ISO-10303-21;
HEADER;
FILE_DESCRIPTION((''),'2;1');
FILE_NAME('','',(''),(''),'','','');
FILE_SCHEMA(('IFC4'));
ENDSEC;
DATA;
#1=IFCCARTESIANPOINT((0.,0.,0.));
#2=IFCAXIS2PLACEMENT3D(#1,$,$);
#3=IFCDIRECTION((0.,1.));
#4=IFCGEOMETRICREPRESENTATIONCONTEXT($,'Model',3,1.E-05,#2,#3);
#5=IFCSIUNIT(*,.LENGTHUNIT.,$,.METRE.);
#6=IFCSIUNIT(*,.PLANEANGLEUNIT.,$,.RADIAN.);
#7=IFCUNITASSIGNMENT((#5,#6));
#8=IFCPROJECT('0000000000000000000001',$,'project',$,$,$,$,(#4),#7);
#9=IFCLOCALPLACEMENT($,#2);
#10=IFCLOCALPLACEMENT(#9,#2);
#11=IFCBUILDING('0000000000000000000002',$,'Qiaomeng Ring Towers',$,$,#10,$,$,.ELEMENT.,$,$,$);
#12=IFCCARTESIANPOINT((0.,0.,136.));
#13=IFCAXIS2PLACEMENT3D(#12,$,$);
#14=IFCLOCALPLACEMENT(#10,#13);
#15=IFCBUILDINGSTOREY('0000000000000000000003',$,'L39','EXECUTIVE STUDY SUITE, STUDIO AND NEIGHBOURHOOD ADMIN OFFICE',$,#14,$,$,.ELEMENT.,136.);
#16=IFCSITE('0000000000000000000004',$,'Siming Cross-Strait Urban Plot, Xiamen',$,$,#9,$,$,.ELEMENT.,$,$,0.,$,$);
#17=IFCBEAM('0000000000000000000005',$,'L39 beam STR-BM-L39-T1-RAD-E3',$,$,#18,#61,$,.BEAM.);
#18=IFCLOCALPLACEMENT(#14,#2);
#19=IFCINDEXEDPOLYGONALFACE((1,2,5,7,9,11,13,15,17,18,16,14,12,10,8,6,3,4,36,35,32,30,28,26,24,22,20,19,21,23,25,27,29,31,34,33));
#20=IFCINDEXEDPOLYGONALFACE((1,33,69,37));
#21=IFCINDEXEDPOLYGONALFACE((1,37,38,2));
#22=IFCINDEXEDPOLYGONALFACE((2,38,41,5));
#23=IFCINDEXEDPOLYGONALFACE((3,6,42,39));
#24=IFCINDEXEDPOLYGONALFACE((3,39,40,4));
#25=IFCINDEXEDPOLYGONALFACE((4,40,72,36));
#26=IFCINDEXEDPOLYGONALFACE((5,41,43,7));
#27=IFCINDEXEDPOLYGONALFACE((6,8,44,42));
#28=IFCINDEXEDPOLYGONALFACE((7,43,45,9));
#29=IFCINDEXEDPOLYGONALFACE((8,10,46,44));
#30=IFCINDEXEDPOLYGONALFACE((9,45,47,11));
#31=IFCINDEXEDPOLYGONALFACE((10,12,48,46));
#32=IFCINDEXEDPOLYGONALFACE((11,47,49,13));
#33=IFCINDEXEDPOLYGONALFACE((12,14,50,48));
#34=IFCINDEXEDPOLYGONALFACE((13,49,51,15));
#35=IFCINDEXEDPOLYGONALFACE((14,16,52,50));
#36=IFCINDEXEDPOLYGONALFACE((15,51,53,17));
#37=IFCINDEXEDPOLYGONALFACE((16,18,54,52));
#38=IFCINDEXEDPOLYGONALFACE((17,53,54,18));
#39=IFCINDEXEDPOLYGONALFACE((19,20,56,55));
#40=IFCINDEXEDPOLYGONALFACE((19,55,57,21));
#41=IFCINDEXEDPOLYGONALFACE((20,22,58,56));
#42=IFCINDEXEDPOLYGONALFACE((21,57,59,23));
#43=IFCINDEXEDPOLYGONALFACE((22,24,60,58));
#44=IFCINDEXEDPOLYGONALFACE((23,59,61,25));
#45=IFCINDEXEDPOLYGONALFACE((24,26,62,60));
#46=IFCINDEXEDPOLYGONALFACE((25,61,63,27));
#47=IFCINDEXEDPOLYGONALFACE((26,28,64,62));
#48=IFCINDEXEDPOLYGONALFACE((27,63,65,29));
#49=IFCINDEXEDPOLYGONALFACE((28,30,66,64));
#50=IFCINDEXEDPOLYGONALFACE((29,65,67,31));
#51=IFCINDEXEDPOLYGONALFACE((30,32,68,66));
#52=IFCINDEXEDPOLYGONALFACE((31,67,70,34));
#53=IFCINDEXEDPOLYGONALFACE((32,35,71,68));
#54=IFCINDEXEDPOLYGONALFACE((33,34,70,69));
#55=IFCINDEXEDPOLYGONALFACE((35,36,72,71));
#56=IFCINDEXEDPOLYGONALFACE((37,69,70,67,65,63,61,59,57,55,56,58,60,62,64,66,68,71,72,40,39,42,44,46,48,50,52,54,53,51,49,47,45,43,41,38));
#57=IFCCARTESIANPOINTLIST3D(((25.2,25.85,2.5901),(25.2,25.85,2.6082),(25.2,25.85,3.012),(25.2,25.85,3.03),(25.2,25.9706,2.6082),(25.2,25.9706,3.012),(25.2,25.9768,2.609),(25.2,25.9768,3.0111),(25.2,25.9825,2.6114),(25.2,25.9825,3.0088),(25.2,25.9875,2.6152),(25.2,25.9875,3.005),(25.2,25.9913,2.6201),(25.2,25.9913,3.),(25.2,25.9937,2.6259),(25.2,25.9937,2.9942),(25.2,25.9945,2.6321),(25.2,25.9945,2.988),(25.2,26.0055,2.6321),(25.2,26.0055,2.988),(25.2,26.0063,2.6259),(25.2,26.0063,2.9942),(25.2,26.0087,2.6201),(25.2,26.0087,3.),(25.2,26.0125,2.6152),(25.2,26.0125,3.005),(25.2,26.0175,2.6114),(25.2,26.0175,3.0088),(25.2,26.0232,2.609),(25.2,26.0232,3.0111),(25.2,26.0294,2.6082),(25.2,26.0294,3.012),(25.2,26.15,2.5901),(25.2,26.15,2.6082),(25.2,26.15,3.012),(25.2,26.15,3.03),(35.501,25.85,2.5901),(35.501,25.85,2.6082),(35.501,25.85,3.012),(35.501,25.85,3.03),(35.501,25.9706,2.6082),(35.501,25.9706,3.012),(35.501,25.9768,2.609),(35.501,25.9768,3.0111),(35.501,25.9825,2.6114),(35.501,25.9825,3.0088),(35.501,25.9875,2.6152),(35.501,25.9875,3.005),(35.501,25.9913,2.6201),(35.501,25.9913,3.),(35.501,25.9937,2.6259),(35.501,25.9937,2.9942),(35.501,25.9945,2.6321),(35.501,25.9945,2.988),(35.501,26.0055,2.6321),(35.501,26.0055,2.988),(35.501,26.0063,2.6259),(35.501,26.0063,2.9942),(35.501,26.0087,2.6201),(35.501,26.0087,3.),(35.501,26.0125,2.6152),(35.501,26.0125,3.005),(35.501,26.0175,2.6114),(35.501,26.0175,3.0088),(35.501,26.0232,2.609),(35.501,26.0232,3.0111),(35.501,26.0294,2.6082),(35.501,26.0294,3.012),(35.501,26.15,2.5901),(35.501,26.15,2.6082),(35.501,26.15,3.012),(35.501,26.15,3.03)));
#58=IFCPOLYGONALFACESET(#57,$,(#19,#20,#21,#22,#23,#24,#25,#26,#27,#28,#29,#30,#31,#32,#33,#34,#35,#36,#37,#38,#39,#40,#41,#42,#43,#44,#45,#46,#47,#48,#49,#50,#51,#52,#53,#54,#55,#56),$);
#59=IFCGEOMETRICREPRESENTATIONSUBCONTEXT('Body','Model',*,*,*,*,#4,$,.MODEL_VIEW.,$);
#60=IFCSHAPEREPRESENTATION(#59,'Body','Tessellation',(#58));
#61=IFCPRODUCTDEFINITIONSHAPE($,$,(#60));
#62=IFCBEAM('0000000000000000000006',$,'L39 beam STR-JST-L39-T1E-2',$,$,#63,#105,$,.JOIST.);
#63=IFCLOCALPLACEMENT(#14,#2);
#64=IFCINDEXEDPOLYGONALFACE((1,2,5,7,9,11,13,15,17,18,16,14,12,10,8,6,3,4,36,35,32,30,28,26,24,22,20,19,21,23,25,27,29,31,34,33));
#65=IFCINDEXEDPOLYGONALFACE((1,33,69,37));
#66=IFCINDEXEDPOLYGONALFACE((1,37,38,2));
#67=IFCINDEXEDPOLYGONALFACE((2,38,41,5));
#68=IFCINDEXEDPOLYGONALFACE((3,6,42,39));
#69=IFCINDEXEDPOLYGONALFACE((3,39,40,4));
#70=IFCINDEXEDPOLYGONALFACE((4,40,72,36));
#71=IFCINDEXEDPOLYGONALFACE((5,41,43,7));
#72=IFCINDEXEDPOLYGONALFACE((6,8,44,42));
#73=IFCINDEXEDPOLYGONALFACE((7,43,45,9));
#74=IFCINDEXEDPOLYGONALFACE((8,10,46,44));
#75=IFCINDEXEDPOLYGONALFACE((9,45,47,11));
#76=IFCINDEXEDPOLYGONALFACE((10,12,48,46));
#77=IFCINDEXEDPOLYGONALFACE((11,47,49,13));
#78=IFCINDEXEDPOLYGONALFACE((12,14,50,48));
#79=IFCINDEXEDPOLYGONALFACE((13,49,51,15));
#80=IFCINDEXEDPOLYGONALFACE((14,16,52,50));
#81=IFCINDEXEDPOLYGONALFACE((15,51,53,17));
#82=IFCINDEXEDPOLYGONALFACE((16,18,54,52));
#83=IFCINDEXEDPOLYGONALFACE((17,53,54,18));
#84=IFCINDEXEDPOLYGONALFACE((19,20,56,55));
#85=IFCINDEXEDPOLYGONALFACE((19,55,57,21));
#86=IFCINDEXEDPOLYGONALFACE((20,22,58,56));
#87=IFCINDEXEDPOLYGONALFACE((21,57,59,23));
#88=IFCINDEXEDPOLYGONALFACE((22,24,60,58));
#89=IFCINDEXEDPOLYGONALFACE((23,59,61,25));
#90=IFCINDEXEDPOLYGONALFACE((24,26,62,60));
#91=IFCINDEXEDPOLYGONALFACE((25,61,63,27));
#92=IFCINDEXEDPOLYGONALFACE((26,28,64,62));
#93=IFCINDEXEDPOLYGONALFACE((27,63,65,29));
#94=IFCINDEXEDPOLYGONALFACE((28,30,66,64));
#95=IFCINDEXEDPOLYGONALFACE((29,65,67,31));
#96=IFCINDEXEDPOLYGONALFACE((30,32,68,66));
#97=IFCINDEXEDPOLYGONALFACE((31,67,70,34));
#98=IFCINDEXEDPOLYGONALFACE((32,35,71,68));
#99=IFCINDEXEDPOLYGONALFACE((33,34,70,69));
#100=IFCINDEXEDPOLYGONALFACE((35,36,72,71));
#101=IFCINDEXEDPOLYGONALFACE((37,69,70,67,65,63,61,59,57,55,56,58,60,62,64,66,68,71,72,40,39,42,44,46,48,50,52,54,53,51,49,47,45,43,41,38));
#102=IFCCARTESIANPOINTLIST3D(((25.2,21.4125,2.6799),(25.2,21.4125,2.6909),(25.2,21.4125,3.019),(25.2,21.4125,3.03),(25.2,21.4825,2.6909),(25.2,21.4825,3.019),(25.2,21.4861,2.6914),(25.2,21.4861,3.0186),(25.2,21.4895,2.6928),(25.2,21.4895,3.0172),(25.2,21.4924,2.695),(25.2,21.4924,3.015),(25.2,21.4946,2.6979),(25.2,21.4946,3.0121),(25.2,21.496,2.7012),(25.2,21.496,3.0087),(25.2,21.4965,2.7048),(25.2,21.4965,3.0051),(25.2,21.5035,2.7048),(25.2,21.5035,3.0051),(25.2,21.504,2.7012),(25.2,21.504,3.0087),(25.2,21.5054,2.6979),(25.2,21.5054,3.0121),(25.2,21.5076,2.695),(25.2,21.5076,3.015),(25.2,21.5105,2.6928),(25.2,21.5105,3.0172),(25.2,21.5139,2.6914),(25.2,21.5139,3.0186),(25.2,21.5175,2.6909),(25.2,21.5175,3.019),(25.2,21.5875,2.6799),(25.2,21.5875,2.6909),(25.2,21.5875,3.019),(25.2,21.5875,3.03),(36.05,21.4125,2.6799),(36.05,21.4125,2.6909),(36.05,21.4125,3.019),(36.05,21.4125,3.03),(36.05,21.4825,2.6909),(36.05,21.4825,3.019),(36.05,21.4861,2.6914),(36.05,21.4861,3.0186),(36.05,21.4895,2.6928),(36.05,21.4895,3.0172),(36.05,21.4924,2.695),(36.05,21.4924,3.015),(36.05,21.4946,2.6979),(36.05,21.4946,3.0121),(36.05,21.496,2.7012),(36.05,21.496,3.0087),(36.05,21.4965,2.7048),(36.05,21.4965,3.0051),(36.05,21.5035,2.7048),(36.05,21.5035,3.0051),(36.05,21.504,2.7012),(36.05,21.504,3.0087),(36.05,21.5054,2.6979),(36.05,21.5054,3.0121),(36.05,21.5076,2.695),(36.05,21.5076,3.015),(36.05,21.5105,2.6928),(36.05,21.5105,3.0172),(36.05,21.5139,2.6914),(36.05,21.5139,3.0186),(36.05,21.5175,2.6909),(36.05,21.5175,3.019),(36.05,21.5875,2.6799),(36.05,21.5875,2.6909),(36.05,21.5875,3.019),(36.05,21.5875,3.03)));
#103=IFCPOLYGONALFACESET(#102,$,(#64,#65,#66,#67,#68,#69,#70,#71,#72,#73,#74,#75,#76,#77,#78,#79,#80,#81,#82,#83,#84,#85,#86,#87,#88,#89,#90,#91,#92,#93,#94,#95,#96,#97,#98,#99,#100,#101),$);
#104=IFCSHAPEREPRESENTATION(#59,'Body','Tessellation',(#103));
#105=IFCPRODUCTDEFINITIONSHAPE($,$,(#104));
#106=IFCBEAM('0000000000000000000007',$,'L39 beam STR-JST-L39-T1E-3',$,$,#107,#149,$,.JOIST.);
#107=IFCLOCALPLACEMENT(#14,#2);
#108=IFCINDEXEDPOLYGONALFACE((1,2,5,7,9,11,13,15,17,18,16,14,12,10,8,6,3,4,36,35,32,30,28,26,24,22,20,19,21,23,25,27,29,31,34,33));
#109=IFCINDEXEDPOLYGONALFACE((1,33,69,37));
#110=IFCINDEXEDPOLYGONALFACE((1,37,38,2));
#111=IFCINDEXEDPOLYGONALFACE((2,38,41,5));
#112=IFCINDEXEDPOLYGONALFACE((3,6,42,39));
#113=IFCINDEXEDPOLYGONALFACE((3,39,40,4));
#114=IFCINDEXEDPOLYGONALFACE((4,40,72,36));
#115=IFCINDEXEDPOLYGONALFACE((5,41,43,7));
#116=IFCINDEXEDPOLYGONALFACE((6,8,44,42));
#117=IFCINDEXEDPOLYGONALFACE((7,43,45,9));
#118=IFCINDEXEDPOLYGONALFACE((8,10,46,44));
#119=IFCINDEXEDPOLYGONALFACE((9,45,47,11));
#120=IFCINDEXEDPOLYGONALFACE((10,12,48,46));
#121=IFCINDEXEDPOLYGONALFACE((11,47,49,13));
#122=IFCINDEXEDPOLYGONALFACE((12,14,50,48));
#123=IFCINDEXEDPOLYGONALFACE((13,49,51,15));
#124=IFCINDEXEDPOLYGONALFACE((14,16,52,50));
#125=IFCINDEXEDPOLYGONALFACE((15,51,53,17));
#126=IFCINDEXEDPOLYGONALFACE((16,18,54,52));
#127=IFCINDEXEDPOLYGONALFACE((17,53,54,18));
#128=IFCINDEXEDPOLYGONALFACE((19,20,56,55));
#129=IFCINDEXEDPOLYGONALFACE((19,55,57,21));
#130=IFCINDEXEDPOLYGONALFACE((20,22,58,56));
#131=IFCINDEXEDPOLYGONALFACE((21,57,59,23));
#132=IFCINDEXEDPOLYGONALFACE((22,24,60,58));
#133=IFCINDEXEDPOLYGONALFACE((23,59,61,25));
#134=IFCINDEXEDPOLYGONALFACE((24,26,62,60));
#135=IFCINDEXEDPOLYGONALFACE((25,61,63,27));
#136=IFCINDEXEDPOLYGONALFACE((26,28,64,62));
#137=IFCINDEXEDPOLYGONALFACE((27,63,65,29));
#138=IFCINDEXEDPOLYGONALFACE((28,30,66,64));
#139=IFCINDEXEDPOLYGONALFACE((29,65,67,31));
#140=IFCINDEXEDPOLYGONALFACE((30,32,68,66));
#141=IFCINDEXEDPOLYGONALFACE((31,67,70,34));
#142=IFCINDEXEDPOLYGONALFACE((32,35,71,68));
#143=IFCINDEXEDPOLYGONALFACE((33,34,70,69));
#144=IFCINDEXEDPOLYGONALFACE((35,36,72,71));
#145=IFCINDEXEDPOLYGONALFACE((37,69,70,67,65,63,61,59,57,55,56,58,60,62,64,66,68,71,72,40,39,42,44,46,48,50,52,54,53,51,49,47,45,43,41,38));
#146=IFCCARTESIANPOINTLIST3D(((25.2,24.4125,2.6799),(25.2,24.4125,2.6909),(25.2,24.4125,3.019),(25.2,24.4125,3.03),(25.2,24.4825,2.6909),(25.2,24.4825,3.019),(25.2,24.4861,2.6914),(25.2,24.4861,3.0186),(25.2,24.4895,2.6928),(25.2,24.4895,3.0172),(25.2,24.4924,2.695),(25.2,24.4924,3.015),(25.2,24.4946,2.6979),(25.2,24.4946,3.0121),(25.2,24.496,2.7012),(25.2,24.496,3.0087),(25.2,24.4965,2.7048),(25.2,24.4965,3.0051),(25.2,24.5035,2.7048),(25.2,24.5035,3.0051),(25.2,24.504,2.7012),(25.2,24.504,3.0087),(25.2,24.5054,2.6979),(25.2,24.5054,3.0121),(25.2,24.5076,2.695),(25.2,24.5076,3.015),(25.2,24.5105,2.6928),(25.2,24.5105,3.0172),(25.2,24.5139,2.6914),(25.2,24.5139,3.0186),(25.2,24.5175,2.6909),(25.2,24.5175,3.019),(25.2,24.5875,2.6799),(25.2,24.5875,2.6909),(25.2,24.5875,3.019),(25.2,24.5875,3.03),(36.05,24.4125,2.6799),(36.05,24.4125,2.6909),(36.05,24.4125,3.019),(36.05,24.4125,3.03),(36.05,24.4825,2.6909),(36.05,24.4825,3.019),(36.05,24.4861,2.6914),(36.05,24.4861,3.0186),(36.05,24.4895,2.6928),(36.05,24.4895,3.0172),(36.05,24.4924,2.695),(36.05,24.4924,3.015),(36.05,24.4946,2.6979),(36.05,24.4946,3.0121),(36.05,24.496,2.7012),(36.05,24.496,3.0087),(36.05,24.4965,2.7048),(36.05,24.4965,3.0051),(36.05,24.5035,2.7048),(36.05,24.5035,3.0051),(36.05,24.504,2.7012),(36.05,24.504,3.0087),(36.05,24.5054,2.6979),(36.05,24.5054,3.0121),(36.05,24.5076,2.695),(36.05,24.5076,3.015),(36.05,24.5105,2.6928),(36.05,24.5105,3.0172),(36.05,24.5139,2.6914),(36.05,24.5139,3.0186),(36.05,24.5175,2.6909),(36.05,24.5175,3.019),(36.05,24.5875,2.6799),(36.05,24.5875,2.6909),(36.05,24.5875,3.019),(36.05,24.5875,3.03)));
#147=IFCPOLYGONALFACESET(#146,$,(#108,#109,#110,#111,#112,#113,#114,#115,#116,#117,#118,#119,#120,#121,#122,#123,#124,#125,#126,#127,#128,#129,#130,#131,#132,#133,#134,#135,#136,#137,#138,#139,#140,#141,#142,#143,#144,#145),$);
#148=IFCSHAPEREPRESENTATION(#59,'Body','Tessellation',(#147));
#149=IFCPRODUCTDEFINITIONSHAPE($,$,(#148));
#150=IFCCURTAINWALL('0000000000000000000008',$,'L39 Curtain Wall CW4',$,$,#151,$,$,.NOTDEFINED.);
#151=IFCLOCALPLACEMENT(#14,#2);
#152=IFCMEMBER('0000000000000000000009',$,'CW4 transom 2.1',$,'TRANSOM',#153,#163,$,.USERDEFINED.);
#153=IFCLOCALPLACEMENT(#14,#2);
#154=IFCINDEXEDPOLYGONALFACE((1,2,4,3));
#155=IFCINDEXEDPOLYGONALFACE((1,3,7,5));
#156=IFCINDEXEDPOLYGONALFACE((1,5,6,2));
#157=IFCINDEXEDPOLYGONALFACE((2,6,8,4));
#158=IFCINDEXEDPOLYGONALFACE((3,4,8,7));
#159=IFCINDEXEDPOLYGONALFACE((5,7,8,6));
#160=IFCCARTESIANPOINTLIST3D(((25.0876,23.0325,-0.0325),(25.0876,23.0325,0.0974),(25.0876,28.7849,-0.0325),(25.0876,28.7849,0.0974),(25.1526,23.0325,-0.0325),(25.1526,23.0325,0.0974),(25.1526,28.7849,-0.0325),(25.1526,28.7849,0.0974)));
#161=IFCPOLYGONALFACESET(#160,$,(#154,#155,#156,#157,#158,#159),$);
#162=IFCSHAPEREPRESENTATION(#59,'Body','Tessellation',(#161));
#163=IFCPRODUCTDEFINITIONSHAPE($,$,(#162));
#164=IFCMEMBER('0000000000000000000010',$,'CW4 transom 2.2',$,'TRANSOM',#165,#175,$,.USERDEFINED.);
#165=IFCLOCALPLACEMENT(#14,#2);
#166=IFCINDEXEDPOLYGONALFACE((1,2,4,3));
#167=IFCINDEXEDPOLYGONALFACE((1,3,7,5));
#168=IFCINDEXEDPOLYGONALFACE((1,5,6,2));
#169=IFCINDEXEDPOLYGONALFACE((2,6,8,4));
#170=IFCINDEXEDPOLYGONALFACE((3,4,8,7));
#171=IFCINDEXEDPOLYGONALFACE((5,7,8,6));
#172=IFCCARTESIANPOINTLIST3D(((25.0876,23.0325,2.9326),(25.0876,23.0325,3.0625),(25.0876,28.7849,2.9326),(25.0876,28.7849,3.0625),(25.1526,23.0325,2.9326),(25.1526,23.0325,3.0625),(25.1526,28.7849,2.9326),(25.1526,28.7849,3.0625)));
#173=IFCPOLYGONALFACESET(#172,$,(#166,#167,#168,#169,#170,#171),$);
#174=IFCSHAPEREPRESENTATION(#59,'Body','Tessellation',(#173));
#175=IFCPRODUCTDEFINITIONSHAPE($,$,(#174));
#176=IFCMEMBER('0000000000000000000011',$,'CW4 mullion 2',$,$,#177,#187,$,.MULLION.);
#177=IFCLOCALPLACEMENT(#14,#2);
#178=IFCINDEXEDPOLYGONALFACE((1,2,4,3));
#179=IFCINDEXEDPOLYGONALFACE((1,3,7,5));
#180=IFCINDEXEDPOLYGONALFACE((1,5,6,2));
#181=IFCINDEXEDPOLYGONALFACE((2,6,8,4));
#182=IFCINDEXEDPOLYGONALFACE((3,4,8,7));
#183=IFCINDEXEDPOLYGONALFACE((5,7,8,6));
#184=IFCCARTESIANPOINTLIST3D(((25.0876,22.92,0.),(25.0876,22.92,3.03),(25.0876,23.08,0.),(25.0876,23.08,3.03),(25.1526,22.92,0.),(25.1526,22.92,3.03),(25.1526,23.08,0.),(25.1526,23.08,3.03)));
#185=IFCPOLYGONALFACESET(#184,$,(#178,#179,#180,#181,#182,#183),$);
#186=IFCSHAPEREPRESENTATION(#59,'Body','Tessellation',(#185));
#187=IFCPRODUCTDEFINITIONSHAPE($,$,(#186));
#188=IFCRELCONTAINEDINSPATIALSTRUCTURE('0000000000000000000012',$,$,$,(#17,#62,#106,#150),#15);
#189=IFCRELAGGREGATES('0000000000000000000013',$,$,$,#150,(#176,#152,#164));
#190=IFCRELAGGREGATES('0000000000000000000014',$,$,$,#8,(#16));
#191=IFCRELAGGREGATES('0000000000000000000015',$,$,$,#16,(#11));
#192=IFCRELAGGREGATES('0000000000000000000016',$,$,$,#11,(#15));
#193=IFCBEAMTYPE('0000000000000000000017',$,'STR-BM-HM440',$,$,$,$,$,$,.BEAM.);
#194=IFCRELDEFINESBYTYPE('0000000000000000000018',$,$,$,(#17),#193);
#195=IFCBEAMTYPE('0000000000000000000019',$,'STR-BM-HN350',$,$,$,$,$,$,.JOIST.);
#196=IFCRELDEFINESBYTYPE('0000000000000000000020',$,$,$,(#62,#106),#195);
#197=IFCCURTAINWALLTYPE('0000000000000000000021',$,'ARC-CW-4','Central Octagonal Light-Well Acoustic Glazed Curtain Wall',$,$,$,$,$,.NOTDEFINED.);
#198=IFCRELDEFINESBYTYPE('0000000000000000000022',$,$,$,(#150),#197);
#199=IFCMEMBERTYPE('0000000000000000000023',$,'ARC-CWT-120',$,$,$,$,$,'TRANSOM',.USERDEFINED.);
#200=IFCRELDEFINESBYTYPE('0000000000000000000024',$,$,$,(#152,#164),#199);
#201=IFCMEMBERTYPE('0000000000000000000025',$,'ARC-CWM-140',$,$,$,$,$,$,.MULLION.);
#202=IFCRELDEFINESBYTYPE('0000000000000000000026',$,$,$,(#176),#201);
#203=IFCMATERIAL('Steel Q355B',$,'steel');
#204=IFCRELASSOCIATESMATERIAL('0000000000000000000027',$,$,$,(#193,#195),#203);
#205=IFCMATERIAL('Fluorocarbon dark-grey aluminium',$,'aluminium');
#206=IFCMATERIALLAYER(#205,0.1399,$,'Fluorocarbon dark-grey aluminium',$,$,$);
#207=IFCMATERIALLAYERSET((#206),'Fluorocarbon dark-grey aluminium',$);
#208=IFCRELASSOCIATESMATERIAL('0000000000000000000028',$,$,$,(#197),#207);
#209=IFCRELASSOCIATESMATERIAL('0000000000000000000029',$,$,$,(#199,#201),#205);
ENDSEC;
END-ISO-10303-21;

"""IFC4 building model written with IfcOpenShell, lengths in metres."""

from ifc_helpers import new_model, si_unit, direction, frame, origin, origin_2d, place, context, subcontext, project, spatial, rectangle, i_section, extrude, source, transform, mapped, material, layer, layer_set, material_profile, profile_set, type_object, element, aggregate, save


model = new_model("IFC4")

# Units and contexts
model_context = context("Model", 3, precision=1e-05, world=origin(), true_north=direction((0.0, 1.0)))
body_context = subcontext(model_context, "Body", "Model", "MODEL_VIEW")
ifc_project = project(units=[si_unit("LENGTHUNIT", "METRE"), si_unit("PLANEANGLEUNIT", "RADIAN")], contexts=[model_context])

# Site, building, storey
site_placement = place(None, origin())
site = spatial("IfcSite", under=ifc_project, at=site_placement, Name="Siming Cross-Strait Urban Plot, Xiamen", CompositionType="ELEMENT", RefElevation=0.0)
building_placement = place(site_placement, origin())
building = spatial("IfcBuilding", under=site, at=building_placement, Name="Qiaomeng Ring Towers", CompositionType="ELEMENT")
storey_placement = place(building_placement, frame((0.0, 0.0, 136.0)))
storey = spatial("IfcBuildingStorey", under=building, at=storey_placement, Name="L39", Description="EXECUTIVE STUDY SUITE, STUDIO AND NEIGHBOURHOOD ADMIN OFFICE", CompositionType="ELEMENT", Elevation=136.0)

# Beams
ifc_material_1 = material(Name="Steel Q355B", Category="steel")
ifc_material_profile_1 = material_profile(ifc_material_1, i_section(OverallWidth=0.3, OverallDepth=0.4399, WebThickness=0.011, FlangeThickness=0.0181, FilletRadius=0.0239, at=origin_2d()), Name="HM 440x300x11x18")
ifc_profile_set_1 = profile_set([ifc_material_profile_1], Name="Steel Q355B")
beam_type_1 = type_object("IfcBeamType", Name="STR-BM-HM440", PredefinedType="BEAM", material=ifc_profile_set_1)
shared_shape_1 = source(origin(), body_context, "Body", "SweptSolid", [
    extrude(i_section(OverallWidth=0.3, OverallDepth=0.4399, WebThickness=0.011, FlangeThickness=0.0181, FilletRadius=0.0239, at=origin_2d()), origin(), (0.0, 0.0, 1.0), 10.301),
])
beam_placement = place(storey_placement, frame((25.2, 26.0, 2.8101), z_axis=(1.0, 0.0, 0.0), x_axis=(0.0, 1.0, 0.0)))
element("IfcBeam", 1, at=beam_placement, inside=storey, type_object=beam_type_1, Name="L39 beam STR-BM-L39-T1-RAD-E3", PredefinedType="BEAM", context=body_context, shape_type="MappedRepresentation", body=[
    mapped(shared_shape_1, transform((0.0, 0.0, 0.0), x_axis=(1.0, 0.0, 0.0), y_axis=(0.0, 1.0, 0.0), z_axis=(0.0, 0.0, 1.0), scale=1.0)),
])
ifc_material_profile_2 = material_profile(ifc_material_1, i_section(OverallWidth=0.175, OverallDepth=0.3501, WebThickness=0.0071, FlangeThickness=0.011, FilletRadius=0.0139, at=origin_2d()), Name="HN 350x175x7x11")
ifc_profile_set_2 = profile_set([ifc_material_profile_2], Name="Steel Q355B")
beam_type_2 = type_object("IfcBeamType", Name="STR-BM-HN350", PredefinedType="JOIST", material=ifc_profile_set_2)
shared_shape_2 = source(origin(), body_context, "Body", "SweptSolid", [
    extrude(i_section(OverallWidth=0.175, OverallDepth=0.3501, WebThickness=0.0071, FlangeThickness=0.011, FilletRadius=0.0139, at=origin_2d()), origin(), (0.0, 0.0, 1.0), 10.8501),
])
for number, where, z_axis, x_axis, name in (
    (2, (25.2, 21.5, 2.855), (1.0, 0.0, 0.0), (0.0, 1.0, 0.0), "L39 beam STR-JST-L39-T1E-2"),
    (3, (25.2, 24.5, 2.855), (1.0, 0.0, 0.0), (0.0, 1.0, 0.0), "L39 beam STR-JST-L39-T1E-3"),
):
    element("IfcBeam", number, at=place(storey_placement, frame(where, z_axis=z_axis, x_axis=x_axis)), inside=storey, type_object=beam_type_2, Name=name, PredefinedType="JOIST", context=body_context, shape_type="MappedRepresentation", body=[
        mapped(shared_shape_2, transform((0.0, 0.0, 0.0), x_axis=(1.0, 0.0, 0.0), y_axis=(0.0, 1.0, 0.0), z_axis=(0.0, 0.0, 1.0), scale=1.0)),
    ])

# Curtain wall, members
ifc_material_2 = material(Name="Fluorocarbon dark-grey aluminium", Category="aluminium")
ifc_layer_1 = layer(ifc_material_2, 0.1399, Name="Fluorocarbon dark-grey aluminium")
ifc_layer_set_1 = layer_set([ifc_layer_1], Name="Fluorocarbon dark-grey aluminium")
curtain_wall_type = type_object("IfcCurtainWallType", Name="ARC-CW-4", Description="Central Octagonal Light-Well Acoustic Glazed Curtain Wall", PredefinedType="NOTDEFINED", material=ifc_layer_set_1)
curtain_wall_placement = place(storey_placement, origin())
curtain_wall = element("IfcCurtainWall", 4, at=curtain_wall_placement, inside=storey, type_object=curtain_wall_type, Name="L39 Curtain Wall CW4", PredefinedType="NOTDEFINED")
ifc_material_profile_3 = material_profile(ifc_material_2, rectangle(XDim=0.0649, YDim=0.1299, at=origin_2d()), Name="ALU TRAN 65x130")
ifc_profile_set_3 = profile_set([ifc_material_profile_3], Name="Fluorocarbon dark-grey aluminium")
member_type_1 = type_object("IfcMemberType", Name="ARC-CWT-120", ElementType="TRANSOM", PredefinedType="USERDEFINED", material=ifc_profile_set_3)
shared_shape_3 = source(origin(), body_context, "Body", "SweptSolid", [
    extrude(rectangle(XDim=0.0649, YDim=0.1299, at=origin_2d()), origin(), (0.0, 0.0, 1.0), 5.7524),
])
member_1_placement = place(storey_placement, frame((25.1201, 23.0325, 0.0325), z_axis=(0.0, 1.0, 0.0), x_axis=(-1.0, 0.0, 0.0)))
member_1 = element("IfcMember", 5, at=member_1_placement, type_object=member_type_1, Name="CW4 transom 2.1", ObjectType="TRANSOM", PredefinedType="USERDEFINED", context=body_context, shape_type="MappedRepresentation", body=[
    mapped(shared_shape_3, transform((0.0, 0.0, 0.0), x_axis=(1.0, 0.0, 0.0), y_axis=(0.0, 1.0, 0.0), z_axis=(0.0, 0.0, 1.0), scale=1.0)),
])
member_2_placement = place(storey_placement, frame((25.1201, 23.0325, 2.9976), z_axis=(0.0, 1.0, 0.0), x_axis=(-1.0, 0.0, 0.0)))
member_2 = element("IfcMember", 6, at=member_2_placement, type_object=member_type_1, Name="CW4 transom 2.2", ObjectType="TRANSOM", PredefinedType="USERDEFINED", context=body_context, shape_type="MappedRepresentation", body=[
    mapped(shared_shape_3, transform((0.0, 0.0, 0.0), x_axis=(1.0, 0.0, 0.0), y_axis=(0.0, 1.0, 0.0), z_axis=(0.0, 0.0, 1.0), scale=1.0)),
])
ifc_material_profile_4 = material_profile(ifc_material_2, rectangle(XDim=0.0649, YDim=0.1599, at=origin_2d()), Name="ALU MULL 65x160")
ifc_profile_set_4 = profile_set([ifc_material_profile_4], Name="Fluorocarbon dark-grey aluminium")
member_type_2 = type_object("IfcMemberType", Name="ARC-CWM-140", PredefinedType="MULLION", material=ifc_profile_set_4)
shared_shape_4 = source(origin(), body_context, "Body", "SweptSolid", [
    extrude(rectangle(XDim=0.0649, YDim=0.1599, at=origin_2d()), origin(), (0.0, 0.0, 1.0), 3.03),
])
member_3_placement = place(storey_placement, frame((25.1201, 23.0, 0.0), z_axis=(0.0, 0.0, 1.0), x_axis=(-1.0, 0.0, 0.0)))
member_3 = element("IfcMember", 7, at=member_3_placement, type_object=member_type_2, Name="CW4 mullion 2", PredefinedType="MULLION", context=body_context, shape_type="MappedRepresentation", body=[
    mapped(shared_shape_4, transform((0.0, 0.0, 0.0), x_axis=(1.0, 0.0, 0.0), y_axis=(0.0, 1.0, 0.0), z_axis=(0.0, 0.0, 1.0), scale=1.0)),
])
aggregate(curtain_wall, [member_3, member_1, member_2])

save(model, "model.ifc")
